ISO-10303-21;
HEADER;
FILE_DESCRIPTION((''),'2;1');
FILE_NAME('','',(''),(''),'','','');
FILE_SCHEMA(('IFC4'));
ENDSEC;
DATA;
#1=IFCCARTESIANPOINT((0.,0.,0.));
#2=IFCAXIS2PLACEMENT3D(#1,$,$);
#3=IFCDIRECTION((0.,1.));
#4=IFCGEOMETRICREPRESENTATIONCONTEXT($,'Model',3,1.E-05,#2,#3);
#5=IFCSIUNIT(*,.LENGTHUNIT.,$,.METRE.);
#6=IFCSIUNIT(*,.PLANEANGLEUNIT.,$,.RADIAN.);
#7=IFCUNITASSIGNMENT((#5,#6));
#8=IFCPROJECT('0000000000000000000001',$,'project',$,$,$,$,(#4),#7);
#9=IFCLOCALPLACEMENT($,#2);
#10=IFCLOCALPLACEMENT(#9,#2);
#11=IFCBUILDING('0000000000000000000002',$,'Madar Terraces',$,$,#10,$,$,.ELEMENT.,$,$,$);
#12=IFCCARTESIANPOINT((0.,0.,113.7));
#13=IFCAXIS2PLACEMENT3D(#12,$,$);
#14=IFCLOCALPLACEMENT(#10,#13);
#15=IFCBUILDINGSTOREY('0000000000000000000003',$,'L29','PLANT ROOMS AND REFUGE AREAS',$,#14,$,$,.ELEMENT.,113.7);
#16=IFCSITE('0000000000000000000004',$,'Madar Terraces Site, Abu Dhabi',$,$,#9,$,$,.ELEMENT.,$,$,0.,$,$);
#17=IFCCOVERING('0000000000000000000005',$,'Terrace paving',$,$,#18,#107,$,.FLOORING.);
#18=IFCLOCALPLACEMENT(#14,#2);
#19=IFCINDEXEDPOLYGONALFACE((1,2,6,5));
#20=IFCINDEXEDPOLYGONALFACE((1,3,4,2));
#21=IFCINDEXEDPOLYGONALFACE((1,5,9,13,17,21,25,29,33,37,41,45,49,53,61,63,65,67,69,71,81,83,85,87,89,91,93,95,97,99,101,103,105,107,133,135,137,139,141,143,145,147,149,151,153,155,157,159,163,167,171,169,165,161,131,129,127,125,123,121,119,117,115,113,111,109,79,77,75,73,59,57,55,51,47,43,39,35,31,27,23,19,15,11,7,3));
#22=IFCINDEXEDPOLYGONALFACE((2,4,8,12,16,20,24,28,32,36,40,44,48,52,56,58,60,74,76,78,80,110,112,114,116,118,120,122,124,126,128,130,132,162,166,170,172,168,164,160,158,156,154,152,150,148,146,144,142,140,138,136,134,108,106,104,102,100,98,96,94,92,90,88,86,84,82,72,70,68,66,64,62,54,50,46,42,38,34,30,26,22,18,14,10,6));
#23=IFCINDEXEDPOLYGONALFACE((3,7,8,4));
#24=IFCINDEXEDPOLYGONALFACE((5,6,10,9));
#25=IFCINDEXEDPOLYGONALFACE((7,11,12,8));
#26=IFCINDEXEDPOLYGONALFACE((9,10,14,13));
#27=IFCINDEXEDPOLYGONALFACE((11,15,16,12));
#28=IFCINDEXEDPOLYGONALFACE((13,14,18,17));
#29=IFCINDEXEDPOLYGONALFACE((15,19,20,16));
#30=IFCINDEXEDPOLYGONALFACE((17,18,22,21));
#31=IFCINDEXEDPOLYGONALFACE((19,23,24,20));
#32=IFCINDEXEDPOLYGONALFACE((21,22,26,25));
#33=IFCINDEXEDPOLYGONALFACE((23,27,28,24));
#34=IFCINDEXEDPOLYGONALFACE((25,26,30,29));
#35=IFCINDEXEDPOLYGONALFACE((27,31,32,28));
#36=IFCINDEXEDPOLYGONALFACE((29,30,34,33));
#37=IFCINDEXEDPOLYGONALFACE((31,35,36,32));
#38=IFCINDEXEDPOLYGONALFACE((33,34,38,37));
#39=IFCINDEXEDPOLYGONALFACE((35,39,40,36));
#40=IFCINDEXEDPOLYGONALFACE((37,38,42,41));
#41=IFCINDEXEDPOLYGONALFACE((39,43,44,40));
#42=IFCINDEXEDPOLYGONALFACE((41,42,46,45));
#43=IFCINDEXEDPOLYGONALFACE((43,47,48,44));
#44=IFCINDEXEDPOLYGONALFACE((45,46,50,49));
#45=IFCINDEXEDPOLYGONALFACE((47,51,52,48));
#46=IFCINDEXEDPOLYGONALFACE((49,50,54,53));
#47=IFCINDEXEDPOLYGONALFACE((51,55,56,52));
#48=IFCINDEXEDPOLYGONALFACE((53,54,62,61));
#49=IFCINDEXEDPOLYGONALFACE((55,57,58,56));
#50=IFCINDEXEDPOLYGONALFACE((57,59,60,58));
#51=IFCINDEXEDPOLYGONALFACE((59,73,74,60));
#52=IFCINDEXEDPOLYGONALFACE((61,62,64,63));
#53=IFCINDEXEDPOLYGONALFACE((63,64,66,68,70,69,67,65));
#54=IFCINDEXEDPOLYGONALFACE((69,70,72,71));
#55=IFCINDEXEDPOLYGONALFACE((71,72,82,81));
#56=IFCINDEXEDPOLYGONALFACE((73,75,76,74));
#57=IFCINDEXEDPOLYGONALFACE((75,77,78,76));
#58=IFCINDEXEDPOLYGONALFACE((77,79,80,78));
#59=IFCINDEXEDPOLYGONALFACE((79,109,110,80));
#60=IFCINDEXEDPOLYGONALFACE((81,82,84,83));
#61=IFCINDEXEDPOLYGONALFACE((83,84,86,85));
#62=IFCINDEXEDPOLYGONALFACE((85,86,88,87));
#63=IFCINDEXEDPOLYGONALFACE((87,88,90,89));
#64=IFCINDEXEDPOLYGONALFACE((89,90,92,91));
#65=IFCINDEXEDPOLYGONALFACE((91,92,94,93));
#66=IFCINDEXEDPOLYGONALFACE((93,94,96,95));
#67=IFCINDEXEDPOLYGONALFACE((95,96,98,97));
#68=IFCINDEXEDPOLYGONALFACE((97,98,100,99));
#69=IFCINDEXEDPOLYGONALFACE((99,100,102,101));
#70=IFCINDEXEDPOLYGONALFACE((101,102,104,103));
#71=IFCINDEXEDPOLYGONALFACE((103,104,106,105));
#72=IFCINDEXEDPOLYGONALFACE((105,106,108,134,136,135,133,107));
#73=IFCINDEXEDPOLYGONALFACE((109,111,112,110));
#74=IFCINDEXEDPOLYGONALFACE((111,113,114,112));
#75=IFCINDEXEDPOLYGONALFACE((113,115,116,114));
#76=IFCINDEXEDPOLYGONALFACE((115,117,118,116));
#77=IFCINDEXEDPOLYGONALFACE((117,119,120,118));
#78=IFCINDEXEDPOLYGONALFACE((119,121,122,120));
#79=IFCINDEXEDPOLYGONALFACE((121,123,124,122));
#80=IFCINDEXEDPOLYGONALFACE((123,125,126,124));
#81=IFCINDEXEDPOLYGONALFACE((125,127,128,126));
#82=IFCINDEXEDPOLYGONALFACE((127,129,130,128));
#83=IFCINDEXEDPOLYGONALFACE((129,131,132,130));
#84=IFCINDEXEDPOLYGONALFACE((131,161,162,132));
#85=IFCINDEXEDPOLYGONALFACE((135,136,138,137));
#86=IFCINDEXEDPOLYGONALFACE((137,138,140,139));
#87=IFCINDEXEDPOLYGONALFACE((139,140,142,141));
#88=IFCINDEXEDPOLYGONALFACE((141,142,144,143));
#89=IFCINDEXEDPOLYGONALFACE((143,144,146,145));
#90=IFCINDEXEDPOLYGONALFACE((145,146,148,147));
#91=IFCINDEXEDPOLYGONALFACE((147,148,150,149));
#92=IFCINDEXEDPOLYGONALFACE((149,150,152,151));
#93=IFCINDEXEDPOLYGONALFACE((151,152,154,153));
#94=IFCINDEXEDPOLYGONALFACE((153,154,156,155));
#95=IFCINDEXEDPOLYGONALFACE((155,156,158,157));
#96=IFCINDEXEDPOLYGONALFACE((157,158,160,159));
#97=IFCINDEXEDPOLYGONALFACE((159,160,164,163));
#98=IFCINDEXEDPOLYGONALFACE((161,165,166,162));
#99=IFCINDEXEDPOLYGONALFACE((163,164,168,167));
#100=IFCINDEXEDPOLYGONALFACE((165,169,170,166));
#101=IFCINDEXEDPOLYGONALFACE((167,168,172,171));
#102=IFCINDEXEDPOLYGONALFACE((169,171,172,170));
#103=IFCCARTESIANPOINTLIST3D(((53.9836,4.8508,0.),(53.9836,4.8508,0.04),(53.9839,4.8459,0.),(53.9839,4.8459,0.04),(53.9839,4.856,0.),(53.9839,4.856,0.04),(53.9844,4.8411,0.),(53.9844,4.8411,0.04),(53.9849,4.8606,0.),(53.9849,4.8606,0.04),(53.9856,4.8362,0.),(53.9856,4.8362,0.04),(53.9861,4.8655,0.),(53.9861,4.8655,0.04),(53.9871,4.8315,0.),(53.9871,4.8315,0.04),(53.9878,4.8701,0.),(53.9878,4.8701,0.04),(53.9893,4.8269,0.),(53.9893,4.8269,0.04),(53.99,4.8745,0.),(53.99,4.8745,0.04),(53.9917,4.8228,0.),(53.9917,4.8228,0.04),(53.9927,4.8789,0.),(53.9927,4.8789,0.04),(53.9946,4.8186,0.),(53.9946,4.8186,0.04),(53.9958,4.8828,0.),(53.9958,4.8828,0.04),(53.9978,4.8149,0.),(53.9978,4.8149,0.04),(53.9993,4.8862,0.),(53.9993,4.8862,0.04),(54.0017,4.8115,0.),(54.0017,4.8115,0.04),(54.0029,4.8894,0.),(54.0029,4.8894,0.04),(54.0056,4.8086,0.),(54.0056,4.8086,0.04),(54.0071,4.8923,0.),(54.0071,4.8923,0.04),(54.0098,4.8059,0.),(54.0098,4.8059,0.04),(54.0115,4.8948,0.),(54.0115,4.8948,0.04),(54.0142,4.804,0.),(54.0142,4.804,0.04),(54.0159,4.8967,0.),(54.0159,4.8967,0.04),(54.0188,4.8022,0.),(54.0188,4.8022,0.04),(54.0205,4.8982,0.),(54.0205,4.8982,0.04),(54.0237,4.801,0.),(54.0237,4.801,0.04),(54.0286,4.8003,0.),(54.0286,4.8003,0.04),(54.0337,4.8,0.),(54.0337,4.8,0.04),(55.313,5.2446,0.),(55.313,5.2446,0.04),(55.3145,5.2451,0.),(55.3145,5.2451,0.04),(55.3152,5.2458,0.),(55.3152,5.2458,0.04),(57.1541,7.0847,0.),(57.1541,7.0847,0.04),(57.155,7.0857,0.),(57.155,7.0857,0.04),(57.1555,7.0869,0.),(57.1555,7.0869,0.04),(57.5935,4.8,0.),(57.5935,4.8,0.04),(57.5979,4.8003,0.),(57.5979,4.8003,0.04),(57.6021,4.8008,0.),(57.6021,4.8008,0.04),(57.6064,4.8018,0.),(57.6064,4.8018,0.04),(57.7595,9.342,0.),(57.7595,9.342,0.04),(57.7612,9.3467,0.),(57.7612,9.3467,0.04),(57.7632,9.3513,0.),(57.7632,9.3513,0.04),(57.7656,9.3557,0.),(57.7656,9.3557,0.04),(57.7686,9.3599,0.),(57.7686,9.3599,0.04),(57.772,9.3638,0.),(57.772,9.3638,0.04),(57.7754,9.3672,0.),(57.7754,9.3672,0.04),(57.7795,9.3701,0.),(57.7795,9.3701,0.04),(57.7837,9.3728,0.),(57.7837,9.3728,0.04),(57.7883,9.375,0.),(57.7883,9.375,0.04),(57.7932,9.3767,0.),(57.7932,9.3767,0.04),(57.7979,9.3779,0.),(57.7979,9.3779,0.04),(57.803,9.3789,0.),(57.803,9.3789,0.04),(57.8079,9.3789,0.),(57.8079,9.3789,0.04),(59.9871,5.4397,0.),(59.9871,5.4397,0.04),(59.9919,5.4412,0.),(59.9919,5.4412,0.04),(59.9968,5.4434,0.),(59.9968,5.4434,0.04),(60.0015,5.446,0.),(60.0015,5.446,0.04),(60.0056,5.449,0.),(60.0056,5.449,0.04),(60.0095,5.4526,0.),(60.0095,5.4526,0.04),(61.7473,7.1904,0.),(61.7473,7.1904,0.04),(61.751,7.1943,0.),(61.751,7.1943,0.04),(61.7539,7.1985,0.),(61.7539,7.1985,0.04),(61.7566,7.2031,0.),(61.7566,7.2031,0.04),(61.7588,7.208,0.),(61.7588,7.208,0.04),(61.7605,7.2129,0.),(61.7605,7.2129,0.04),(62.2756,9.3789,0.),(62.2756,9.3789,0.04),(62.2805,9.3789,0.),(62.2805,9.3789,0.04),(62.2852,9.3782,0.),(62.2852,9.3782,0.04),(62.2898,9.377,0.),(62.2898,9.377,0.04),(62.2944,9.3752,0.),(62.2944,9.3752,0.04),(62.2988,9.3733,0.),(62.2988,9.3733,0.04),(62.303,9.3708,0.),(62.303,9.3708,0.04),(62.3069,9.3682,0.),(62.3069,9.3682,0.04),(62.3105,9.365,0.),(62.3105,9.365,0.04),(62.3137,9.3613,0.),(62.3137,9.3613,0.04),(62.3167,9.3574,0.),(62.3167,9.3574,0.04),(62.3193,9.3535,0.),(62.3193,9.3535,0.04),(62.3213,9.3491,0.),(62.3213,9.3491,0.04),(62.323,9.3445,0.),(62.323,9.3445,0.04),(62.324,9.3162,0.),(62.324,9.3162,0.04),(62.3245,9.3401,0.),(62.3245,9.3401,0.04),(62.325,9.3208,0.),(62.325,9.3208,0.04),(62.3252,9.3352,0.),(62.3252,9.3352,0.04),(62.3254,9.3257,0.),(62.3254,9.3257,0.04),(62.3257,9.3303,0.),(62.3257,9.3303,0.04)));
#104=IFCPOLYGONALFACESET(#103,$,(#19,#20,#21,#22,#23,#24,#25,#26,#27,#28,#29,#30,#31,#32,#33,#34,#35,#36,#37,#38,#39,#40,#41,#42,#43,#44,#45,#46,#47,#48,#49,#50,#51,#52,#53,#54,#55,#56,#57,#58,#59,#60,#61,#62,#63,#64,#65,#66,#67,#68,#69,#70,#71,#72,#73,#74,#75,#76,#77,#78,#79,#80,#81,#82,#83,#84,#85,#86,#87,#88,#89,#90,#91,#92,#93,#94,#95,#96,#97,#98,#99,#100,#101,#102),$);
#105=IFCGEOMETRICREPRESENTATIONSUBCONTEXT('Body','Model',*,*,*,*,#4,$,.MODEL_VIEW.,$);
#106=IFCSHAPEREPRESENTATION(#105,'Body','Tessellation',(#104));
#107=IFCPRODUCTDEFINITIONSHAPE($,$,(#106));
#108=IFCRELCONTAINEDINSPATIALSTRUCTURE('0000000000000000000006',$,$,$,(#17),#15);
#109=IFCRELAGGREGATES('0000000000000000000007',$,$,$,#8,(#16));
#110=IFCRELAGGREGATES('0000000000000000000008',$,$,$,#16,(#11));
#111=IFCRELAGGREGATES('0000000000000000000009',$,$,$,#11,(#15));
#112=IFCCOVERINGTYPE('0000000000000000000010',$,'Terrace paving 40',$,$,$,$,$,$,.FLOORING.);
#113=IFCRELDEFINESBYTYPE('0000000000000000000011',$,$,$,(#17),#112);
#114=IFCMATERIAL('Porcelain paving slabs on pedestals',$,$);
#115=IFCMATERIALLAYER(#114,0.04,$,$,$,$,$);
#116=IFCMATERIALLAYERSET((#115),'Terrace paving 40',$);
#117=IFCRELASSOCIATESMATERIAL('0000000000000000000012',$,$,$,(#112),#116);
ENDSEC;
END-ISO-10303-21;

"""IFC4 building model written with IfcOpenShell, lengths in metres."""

from ifc_helpers import new_model, si_unit, direction, frame, origin, place, context, subcontext, project, spatial, polyline, outline, extrude, material, layer, layer_set, type_object, element, save


model = new_model("IFC4")

# Units and contexts
model_context = context("Model", 3, precision=1e-05, world=origin(), true_north=direction((0.0, 1.0)))
body_context = subcontext(model_context, "Body", "Model", "MODEL_VIEW")
ifc_project = project(units=[si_unit("LENGTHUNIT", "METRE"), si_unit("PLANEANGLEUNIT", "RADIAN")], contexts=[model_context])

# Site, building, storey
site_placement = place(None, origin())
site = spatial("IfcSite", under=ifc_project, at=site_placement, Name="Madar Terraces Site, Abu Dhabi", CompositionType="ELEMENT", RefElevation=0.0)
building_placement = place(site_placement, origin())
building = spatial("IfcBuilding", under=site, at=building_placement, Name="Madar Terraces", CompositionType="ELEMENT")
storey_placement = place(building_placement, frame((0.0, 0.0, 113.7)))
storey = spatial("IfcBuildingStorey", under=building, at=storey_placement, Name="L29", Description="PLANT ROOMS AND REFUGE AREAS", CompositionType="ELEMENT", Elevation=113.7)

# Covering
ifc_material_1 = material(Name="Porcelain paving slabs on pedestals")
ifc_layer_1 = layer(ifc_material_1, 0.04)
ifc_layer_set_1 = layer_set([ifc_layer_1], Name="Terrace paving 40")
covering_type = type_object("IfcCoveringType", Name="Terrace paving 40", PredefinedType="FLOORING", material=ifc_layer_set_1)
covering_1_placement = place(storey_placement, origin())
element("IfcCovering", 1, at=covering_1_placement, inside=storey, type_object=covering_type, Name="Terrace paving", PredefinedType="FLOORING", context=body_context, shape_type="SweptSolid", body=[
    extrude(outline(polyline([(57.1541, 7.0847), (57.155, 7.0857), (57.1555, 7.0869), (57.7595, 9.342), (57.7612, 9.3467), (57.7632, 9.3513), (57.7656, 9.3557), (57.7686, 9.3599), (57.772, 9.3638), (57.7754, 9.3672), (57.7795, 9.3701), (57.7837, 9.3728), (57.7883, 9.375), (57.7932, 9.3767), (57.7979, 9.3779), (57.803, 9.3789), (57.8079, 9.3789), (62.2756, 9.3789), (62.2805, 9.3789), (62.2852, 9.3782), (62.2898, 9.377), (62.2944, 9.3752), (62.2988, 9.3733), (62.303, 9.3708), (62.3069, 9.3682), (62.3105, 9.365), (62.3137, 9.3613), (62.3167, 9.3574), (62.3193, 9.3535), (62.3213, 9.3491), (62.323, 9.3445), (62.3245, 9.3401), (62.3252, 9.3352), (62.3257, 9.3303), (62.3254, 9.3257), (62.325, 9.3208), (62.324, 9.3162), (61.7605, 7.2129), (61.7588, 7.208), (61.7566, 7.2031), (61.7539, 7.1985), (61.751, 7.1943), (61.7473, 7.1904), (60.0095, 5.4526), (60.0056, 5.449), (60.0015, 5.446), (59.9968, 5.4434), (59.9919, 5.4412), (59.9871, 5.4397), (57.6064, 4.8018), (57.6021, 4.8008), (57.5979, 4.8003), (57.5935, 4.8), (54.0337, 4.8), (54.0286, 4.8003), (54.0237, 4.801), (54.0188, 4.8022), (54.0142, 4.804), (54.0098, 4.8059), (54.0056, 4.8086), (54.0017, 4.8115), (53.9978, 4.8149), (53.9946, 4.8186), (53.9917, 4.8228), (53.9893, 4.8269), (53.9871, 4.8315), (53.9856, 4.8362), (53.9844, 4.8411), (53.9839, 4.8459), (53.9836, 4.8508), (53.9839, 4.856), (53.9849, 4.8606), (53.9861, 4.8655), (53.9878, 4.8701), (53.99, 4.8745), (53.9927, 4.8789), (53.9958, 4.8828), (53.9993, 4.8862), (54.0029, 4.8894), (54.0071, 4.8923), (54.0115, 4.8948), (54.0159, 4.8967), (54.0205, 4.8982), (55.313, 5.2446), (55.3145, 5.2451), (55.3152, 5.2458), (57.1541, 7.0847)])), origin(), (0.0, 0.0, 1.0), 0.04),
])

save(model, "model.ifc")
